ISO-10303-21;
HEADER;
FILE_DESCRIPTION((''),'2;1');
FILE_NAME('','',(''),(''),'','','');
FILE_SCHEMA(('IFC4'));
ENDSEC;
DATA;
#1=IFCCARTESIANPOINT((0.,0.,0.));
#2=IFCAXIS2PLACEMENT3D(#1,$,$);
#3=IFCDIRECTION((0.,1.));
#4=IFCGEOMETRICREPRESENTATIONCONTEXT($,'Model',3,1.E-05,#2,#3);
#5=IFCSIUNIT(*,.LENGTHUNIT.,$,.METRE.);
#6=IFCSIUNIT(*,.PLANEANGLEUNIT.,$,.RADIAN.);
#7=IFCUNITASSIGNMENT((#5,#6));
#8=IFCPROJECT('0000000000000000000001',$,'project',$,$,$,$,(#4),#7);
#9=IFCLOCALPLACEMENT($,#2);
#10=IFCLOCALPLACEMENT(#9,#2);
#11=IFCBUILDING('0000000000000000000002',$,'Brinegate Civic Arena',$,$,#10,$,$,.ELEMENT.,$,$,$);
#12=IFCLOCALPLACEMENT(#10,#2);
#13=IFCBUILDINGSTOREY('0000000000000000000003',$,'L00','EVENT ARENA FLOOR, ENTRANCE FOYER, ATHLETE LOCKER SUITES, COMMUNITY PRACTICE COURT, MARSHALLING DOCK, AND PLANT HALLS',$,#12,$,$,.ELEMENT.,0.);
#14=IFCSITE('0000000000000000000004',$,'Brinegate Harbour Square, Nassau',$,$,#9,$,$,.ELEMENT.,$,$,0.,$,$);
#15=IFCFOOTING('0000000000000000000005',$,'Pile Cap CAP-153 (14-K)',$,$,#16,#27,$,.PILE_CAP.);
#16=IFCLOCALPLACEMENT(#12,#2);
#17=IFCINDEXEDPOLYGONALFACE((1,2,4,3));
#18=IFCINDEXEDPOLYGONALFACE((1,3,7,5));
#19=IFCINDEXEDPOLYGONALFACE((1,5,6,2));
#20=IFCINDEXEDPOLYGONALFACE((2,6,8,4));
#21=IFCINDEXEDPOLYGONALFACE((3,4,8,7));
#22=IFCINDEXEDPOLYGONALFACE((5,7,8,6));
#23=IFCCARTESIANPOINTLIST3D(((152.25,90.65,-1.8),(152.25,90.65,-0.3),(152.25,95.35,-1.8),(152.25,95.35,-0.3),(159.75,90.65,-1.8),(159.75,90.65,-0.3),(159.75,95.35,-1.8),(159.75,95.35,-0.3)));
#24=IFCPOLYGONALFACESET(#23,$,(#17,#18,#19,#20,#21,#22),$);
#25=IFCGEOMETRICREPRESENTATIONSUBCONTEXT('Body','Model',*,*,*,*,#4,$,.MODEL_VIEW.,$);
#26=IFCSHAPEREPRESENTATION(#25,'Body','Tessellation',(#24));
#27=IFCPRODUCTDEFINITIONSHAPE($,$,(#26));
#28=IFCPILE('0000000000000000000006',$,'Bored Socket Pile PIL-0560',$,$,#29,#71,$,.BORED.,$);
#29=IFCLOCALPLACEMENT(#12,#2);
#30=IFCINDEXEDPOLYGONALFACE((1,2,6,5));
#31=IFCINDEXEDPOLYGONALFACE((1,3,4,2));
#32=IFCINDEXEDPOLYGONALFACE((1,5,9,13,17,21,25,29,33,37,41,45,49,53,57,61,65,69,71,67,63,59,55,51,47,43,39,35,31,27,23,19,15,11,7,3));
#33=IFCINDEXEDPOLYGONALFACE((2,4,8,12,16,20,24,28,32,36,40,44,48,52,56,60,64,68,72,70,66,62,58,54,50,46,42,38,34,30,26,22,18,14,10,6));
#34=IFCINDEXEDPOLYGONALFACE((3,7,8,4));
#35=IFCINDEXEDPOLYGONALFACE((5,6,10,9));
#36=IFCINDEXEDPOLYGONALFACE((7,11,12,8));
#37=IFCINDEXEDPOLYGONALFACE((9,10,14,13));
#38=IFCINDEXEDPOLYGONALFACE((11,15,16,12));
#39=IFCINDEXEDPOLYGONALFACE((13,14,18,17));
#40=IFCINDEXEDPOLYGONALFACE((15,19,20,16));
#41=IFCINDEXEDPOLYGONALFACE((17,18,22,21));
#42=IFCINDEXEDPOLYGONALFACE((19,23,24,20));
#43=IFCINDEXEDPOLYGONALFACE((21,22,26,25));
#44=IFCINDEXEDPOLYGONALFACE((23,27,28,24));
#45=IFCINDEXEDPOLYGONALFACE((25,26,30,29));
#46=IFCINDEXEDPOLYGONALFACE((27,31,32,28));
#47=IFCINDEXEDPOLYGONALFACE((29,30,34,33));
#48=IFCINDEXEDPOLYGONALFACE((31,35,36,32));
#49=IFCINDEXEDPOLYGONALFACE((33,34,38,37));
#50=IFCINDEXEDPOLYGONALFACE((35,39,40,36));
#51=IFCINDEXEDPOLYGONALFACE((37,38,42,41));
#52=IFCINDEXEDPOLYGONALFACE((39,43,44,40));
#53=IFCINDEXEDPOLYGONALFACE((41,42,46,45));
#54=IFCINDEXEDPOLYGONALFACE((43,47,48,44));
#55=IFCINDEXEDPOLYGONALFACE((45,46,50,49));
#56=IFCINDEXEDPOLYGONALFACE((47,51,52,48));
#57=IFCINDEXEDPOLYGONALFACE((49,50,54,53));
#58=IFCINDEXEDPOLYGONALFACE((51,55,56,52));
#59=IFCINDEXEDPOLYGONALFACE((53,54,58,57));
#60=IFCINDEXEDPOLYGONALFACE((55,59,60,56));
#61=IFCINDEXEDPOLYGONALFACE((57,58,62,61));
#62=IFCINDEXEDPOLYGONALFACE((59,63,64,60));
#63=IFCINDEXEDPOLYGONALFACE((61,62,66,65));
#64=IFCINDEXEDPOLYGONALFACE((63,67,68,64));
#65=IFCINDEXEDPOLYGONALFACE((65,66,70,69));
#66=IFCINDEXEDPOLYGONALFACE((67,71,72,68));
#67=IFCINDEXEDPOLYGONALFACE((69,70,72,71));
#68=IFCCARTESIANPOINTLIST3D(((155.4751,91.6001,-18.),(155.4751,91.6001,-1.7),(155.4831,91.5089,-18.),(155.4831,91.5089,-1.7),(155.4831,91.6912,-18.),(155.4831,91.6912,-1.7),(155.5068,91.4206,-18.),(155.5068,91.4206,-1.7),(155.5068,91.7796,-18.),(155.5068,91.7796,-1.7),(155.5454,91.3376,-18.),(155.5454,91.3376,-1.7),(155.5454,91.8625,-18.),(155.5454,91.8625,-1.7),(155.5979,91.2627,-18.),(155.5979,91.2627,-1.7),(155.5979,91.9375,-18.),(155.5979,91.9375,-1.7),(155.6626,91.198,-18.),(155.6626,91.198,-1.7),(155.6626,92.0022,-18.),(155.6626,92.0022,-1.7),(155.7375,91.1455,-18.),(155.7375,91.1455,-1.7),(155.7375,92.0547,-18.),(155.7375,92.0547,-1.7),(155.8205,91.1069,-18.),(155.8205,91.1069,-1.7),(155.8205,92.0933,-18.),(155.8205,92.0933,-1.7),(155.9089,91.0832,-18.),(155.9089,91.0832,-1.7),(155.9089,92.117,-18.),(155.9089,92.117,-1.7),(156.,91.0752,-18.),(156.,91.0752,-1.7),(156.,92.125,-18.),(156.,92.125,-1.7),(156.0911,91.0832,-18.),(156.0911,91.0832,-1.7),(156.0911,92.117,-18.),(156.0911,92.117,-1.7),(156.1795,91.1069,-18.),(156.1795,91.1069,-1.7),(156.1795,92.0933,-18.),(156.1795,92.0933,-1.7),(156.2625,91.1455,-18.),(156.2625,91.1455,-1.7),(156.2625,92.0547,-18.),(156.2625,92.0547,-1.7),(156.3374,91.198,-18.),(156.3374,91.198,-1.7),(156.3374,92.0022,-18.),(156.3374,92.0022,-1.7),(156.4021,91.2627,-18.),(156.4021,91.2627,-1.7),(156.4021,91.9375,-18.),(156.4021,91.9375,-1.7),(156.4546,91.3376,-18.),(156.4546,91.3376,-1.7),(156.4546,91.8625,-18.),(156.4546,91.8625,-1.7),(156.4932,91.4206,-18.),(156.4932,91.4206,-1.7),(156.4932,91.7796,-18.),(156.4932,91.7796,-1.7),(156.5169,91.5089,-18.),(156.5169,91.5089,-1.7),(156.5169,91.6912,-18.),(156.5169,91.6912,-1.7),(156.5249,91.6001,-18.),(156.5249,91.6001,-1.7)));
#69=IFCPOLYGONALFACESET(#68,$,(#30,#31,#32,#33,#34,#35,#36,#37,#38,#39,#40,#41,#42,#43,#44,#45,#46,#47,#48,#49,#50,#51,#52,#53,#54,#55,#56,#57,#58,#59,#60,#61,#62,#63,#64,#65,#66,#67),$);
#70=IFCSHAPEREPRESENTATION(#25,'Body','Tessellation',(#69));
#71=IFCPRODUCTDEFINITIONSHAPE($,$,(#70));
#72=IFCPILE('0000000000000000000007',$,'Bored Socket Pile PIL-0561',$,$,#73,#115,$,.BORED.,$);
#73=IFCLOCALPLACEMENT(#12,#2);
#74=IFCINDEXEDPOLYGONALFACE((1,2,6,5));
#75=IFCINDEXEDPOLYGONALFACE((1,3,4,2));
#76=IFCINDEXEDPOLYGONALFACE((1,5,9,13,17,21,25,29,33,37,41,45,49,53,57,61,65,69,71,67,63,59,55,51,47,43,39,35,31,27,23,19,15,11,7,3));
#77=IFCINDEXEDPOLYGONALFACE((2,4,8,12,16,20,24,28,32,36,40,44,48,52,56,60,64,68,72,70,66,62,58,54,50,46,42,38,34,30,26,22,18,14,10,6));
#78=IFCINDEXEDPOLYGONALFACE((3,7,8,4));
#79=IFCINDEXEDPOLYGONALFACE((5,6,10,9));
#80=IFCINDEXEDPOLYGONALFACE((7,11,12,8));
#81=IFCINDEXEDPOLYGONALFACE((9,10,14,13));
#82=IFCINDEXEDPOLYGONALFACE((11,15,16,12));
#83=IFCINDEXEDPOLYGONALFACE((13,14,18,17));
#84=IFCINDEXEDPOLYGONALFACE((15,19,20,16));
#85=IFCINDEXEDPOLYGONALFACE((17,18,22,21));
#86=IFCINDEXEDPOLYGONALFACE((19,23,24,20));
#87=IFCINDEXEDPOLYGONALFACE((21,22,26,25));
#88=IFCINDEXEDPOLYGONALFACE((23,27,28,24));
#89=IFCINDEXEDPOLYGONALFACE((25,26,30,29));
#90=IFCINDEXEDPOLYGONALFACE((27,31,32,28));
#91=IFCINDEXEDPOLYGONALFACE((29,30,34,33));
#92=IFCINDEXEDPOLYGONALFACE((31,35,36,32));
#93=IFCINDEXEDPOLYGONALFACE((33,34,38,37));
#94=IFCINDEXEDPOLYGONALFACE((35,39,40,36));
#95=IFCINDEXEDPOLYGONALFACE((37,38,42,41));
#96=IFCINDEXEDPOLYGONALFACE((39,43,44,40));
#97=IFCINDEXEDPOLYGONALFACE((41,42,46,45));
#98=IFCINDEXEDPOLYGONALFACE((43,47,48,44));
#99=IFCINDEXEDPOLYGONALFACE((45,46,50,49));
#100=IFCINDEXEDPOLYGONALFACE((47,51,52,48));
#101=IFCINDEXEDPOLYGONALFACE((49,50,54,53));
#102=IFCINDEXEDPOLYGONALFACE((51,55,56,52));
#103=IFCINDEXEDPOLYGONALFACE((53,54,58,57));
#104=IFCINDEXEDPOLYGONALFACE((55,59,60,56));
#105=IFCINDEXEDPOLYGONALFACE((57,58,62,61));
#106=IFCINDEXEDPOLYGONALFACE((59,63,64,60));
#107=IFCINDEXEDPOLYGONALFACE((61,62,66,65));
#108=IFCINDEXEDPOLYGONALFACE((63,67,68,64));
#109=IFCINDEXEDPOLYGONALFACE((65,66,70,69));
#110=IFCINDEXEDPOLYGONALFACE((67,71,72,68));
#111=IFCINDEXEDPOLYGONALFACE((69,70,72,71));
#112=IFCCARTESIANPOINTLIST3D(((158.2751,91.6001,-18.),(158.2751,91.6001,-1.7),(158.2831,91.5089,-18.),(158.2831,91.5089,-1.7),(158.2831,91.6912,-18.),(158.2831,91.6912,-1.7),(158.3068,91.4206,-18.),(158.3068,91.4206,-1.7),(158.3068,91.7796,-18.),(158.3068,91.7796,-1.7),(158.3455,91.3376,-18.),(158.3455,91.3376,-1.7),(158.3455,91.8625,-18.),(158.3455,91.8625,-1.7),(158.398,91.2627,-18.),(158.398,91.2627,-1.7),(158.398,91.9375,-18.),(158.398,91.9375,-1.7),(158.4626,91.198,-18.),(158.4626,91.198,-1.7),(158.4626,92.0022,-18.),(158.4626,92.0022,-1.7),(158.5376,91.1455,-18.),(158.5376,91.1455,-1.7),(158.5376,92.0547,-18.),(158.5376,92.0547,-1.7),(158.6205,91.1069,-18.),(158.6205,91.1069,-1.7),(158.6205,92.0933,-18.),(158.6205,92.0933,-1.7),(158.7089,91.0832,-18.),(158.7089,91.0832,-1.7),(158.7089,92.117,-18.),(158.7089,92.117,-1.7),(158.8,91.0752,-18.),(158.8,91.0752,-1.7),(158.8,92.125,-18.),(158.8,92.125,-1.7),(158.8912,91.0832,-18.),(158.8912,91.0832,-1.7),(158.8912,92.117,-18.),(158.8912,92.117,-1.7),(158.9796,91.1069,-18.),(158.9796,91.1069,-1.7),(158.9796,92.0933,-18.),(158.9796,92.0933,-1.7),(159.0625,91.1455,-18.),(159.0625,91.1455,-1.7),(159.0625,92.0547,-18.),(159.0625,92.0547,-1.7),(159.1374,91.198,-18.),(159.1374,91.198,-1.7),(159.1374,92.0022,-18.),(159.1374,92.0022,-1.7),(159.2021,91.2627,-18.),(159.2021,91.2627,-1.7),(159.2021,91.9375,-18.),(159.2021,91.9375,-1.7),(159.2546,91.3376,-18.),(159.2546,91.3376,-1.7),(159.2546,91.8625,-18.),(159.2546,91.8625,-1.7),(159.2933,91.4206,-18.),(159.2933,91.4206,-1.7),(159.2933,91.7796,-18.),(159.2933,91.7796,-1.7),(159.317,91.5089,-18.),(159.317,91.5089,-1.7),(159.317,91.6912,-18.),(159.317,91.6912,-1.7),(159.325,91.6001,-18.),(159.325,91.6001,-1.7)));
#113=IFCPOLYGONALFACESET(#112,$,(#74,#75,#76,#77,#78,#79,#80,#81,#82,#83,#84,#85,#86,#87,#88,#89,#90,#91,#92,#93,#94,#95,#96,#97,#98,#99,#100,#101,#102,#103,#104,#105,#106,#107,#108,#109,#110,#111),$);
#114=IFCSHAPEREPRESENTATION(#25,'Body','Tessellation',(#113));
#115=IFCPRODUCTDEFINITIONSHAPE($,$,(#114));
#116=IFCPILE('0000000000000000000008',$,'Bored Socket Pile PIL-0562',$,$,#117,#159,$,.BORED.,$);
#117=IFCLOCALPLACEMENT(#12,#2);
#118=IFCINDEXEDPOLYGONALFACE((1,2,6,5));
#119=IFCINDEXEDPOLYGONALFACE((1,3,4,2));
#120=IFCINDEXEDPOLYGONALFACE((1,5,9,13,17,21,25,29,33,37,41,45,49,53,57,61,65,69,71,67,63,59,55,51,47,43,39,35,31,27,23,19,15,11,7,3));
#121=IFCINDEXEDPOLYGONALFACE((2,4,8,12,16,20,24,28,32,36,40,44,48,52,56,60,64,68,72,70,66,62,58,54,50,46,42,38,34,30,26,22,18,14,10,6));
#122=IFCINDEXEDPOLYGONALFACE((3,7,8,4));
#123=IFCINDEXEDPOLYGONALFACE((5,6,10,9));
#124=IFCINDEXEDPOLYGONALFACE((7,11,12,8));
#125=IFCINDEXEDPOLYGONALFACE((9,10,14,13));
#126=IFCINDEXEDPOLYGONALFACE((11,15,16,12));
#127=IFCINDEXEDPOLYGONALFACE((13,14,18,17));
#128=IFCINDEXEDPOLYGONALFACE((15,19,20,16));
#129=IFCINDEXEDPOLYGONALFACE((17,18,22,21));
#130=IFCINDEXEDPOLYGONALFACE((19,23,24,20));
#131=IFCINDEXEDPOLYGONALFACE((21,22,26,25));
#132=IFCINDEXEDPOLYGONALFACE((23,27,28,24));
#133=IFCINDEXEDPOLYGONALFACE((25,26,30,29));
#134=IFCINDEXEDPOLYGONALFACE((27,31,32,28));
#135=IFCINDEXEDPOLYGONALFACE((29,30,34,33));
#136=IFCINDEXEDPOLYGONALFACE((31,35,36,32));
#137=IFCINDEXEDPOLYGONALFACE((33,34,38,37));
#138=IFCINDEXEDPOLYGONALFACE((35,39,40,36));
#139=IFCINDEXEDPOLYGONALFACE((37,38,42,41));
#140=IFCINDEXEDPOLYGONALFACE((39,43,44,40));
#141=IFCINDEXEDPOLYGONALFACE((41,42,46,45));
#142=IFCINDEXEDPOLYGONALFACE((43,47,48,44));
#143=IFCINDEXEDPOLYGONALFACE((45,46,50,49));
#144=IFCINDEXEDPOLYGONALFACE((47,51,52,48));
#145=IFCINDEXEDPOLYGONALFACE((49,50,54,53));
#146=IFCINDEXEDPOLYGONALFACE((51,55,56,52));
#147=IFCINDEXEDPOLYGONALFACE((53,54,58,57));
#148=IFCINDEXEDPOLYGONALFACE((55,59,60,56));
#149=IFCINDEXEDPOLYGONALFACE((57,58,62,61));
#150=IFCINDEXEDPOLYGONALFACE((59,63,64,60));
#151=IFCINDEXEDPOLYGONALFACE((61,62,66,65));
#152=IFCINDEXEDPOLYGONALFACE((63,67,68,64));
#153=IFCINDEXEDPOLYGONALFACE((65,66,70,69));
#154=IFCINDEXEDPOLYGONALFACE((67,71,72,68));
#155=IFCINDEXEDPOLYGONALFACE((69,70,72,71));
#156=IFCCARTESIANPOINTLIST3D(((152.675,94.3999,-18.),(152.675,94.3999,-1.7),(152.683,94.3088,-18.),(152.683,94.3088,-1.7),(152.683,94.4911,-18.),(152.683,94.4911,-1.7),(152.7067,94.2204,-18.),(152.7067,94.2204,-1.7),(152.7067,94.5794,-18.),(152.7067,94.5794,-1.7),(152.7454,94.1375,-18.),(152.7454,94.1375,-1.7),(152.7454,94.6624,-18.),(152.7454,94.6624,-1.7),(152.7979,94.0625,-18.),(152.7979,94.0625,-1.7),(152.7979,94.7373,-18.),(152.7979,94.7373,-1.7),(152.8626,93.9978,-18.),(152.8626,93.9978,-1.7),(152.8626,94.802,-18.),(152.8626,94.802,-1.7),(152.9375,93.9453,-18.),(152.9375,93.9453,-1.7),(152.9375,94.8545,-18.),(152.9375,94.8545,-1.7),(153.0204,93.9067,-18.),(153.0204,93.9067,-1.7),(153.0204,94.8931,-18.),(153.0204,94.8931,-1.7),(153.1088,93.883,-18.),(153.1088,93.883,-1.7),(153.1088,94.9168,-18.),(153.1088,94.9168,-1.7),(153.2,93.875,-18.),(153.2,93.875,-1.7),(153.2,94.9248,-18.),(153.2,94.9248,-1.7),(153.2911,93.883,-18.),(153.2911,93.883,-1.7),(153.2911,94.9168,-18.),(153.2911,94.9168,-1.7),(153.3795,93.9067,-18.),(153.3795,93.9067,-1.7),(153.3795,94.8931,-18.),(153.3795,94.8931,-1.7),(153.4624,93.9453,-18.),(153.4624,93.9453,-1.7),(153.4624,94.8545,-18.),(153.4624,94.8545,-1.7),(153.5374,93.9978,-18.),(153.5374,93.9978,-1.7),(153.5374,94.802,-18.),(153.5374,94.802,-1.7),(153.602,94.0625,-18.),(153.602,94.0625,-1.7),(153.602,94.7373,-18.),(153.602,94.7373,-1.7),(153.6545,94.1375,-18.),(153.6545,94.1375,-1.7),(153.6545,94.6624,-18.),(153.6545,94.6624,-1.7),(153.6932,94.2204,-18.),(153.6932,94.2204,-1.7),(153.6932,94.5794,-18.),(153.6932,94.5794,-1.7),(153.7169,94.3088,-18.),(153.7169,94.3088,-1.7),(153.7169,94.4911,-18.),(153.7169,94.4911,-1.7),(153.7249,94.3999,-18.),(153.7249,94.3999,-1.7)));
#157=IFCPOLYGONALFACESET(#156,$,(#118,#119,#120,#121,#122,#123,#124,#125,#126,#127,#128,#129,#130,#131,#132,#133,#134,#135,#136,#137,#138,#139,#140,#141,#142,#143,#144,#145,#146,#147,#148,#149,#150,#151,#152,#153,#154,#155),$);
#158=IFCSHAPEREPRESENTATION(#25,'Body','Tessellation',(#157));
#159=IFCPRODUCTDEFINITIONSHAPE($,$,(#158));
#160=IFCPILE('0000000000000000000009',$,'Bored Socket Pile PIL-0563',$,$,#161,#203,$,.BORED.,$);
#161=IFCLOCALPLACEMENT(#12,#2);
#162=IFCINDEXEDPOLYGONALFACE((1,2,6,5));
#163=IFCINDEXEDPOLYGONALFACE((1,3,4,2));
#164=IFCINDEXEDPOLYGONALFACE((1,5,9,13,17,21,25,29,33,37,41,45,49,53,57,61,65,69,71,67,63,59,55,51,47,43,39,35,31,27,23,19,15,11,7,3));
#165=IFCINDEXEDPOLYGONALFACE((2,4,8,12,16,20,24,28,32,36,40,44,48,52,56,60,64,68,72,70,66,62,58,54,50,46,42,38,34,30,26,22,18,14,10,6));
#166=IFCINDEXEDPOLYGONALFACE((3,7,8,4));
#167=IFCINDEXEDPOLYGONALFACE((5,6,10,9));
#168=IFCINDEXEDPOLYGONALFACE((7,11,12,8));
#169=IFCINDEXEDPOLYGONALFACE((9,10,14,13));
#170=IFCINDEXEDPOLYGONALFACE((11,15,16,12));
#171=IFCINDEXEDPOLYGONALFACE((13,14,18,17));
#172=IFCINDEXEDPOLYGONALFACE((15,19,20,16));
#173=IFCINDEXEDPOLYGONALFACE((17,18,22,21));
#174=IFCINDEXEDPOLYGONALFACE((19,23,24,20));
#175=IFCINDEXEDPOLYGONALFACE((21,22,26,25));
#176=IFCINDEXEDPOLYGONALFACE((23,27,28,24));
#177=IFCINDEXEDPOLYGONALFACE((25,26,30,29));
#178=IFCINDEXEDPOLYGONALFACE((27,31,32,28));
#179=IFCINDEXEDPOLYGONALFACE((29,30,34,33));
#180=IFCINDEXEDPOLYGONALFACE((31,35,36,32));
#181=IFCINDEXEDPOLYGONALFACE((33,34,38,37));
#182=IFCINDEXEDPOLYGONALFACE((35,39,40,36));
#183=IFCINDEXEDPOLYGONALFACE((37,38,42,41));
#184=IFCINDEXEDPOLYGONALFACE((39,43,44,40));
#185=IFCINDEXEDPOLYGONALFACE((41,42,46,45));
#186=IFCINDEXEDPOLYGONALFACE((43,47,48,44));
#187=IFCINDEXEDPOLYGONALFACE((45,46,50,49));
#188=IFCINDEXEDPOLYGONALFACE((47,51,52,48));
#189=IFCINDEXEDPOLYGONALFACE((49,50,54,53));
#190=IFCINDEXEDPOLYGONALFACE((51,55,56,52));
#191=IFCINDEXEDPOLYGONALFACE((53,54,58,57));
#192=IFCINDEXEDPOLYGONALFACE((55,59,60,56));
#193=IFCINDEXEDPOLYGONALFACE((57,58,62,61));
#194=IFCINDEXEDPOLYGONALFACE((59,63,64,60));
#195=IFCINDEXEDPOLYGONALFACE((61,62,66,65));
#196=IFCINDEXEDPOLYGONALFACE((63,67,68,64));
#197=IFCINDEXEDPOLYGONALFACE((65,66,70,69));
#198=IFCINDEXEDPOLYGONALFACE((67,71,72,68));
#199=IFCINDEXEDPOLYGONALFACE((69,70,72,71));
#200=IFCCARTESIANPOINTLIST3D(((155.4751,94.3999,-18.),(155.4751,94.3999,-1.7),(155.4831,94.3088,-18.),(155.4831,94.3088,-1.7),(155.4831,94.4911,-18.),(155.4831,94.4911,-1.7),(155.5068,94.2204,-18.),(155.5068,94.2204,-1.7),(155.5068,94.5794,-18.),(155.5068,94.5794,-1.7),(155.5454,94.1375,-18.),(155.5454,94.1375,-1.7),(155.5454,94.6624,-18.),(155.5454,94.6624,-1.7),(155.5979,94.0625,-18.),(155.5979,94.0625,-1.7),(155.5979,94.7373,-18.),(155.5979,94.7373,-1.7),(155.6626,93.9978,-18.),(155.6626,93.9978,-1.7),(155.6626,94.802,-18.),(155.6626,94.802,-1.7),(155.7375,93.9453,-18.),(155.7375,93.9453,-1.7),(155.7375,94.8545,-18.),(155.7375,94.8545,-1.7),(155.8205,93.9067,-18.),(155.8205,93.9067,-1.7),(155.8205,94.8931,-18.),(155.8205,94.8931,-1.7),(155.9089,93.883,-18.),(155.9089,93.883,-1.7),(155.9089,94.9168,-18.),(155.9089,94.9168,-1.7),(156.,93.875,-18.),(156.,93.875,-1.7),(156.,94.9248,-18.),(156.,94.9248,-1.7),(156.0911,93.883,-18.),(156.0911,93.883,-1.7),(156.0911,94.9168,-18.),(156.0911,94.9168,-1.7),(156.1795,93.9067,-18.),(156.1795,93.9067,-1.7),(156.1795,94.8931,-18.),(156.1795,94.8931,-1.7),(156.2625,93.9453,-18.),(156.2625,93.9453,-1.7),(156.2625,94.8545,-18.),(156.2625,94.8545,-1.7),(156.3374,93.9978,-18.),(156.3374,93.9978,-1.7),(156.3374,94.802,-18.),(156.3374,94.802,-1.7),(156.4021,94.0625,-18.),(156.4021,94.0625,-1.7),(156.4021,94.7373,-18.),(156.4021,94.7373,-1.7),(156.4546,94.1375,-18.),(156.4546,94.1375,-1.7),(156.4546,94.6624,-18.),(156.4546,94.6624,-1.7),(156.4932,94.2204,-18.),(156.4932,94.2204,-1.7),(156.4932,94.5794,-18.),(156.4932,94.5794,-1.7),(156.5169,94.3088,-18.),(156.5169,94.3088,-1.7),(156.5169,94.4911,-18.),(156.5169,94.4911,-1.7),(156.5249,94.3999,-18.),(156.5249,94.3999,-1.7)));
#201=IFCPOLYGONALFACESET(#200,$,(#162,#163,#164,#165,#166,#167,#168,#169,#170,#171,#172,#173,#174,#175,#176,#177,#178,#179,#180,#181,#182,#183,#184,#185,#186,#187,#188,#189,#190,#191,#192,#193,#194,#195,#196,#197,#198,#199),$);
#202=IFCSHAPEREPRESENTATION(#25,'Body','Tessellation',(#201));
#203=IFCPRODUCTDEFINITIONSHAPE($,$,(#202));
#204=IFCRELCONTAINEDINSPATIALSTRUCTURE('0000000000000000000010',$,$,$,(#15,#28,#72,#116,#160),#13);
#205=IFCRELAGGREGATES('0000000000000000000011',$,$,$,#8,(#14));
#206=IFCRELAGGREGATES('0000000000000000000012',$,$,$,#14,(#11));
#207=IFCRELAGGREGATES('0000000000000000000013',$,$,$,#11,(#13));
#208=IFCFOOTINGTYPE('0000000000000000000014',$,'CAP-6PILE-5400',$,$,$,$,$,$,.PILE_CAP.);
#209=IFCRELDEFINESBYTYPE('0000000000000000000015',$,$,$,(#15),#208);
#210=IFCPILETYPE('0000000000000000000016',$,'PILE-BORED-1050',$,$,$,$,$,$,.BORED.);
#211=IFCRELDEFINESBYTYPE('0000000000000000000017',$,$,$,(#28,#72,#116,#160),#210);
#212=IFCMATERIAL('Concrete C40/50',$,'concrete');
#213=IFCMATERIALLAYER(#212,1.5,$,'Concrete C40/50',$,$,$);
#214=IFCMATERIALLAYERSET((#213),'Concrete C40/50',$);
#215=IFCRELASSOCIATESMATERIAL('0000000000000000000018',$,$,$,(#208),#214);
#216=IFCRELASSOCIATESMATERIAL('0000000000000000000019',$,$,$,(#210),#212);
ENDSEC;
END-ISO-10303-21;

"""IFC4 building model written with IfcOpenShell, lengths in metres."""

from ifc_helpers import new_model, si_unit, direction, frame, origin, origin_2d, place, context, subcontext, project, spatial, rectangle, circle, extrude, material, layer, layer_set, material_profile, profile_set, type_object, element, save


model = new_model("IFC4")

# Units and contexts
model_context = context("Model", 3, precision=1e-05, world=origin(), true_north=direction((0.0, 1.0)))
body_context = subcontext(model_context, "Body", "Model", "MODEL_VIEW")
ifc_project = project(units=[si_unit("LENGTHUNIT", "METRE"), si_unit("PLANEANGLEUNIT", "RADIAN")], contexts=[model_context])

# Site, building, storey
site_placement = place(None, origin())
site = spatial("IfcSite", under=ifc_project, at=site_placement, Name="Brinegate Harbour Square, Nassau", CompositionType="ELEMENT", RefElevation=0.0)
building_placement = place(site_placement, origin())
building = spatial("IfcBuilding", under=site, at=building_placement, Name="Brinegate Civic Arena", CompositionType="ELEMENT")
storey_placement = place(building_placement, origin())
storey = spatial("IfcBuildingStorey", under=building, at=storey_placement, Name="L00", Description="EVENT ARENA FLOOR, ENTRANCE FOYER, ATHLETE LOCKER SUITES, COMMUNITY PRACTICE COURT, MARSHALLING DOCK, AND PLANT HALLS", CompositionType="ELEMENT", Elevation=0.0)

# Footing
ifc_material_1 = material(Name="Concrete C40/50", Category="concrete")
ifc_layer_1 = layer(ifc_material_1, 1.5, Name="Concrete C40/50")
ifc_layer_set_1 = layer_set([ifc_layer_1], Name="Concrete C40/50")
footing_type_1 = type_object("IfcFootingType", Name="CAP-6PILE-5400", PredefinedType="PILE_CAP", material=ifc_layer_set_1)
footing_1_placement = place(storey_placement, frame((156.0, 93.0, -1.8), z_axis=(0.0, 0.0, 1.0), x_axis=(1.0, 0.0, 0.0)))
element("IfcFooting", 1, at=footing_1_placement, inside=storey, type_object=footing_type_1, Name="Pile Cap CAP-153 (14-K)", PredefinedType="PILE_CAP", context=body_context, shape_type="SweptSolid", body=[
    extrude(rectangle(XDim=7.5, YDim=4.7, at=origin_2d()), origin(), (0.0, 0.0, 1.0), 1.5),
])

# Piles
ifc_material_profile_1 = material_profile(ifc_material_1, circle(Radius=0.5249, at=origin_2d()), Name="PILED1050")
ifc_profile_set_1 = profile_set([ifc_material_profile_1], Name="Concrete C40/50")
pile_type_1 = type_object("IfcPileType", Name="PILE-BORED-1050", PredefinedType="BORED", material=ifc_profile_set_1)
for number, where, z_axis, x_axis, name in (
    (2, (156.0, 91.6001, -1.7), (0.0, 0.0, -1.0), (1.0, 0.0, 0.0), "Bored Socket Pile PIL-0560"),
    (3, (158.8, 91.6001, -1.7), (0.0, 0.0, -1.0), (1.0, 0.0, 0.0), "Bored Socket Pile PIL-0561"),
    (4, (153.2, 94.3999, -1.7), (0.0, 0.0, -1.0), (1.0, 0.0, 0.0), "Bored Socket Pile PIL-0562"),
    (5, (156.0, 94.3999, -1.7), (0.0, 0.0, -1.0), (1.0, 0.0, 0.0), "Bored Socket Pile PIL-0563"),
):
    element("IfcPile", number, at=place(storey_placement, frame(where, z_axis=z_axis, x_axis=x_axis)), inside=storey, type_object=pile_type_1, Name=name, PredefinedType="BORED", context=body_context, shape_type="SweptSolid", body=[
        extrude(circle(Radius=0.5249, at=origin_2d()), origin(), (0.0, 0.0, 1.0), 16.3),
    ])

save(model, "model.ifc")
